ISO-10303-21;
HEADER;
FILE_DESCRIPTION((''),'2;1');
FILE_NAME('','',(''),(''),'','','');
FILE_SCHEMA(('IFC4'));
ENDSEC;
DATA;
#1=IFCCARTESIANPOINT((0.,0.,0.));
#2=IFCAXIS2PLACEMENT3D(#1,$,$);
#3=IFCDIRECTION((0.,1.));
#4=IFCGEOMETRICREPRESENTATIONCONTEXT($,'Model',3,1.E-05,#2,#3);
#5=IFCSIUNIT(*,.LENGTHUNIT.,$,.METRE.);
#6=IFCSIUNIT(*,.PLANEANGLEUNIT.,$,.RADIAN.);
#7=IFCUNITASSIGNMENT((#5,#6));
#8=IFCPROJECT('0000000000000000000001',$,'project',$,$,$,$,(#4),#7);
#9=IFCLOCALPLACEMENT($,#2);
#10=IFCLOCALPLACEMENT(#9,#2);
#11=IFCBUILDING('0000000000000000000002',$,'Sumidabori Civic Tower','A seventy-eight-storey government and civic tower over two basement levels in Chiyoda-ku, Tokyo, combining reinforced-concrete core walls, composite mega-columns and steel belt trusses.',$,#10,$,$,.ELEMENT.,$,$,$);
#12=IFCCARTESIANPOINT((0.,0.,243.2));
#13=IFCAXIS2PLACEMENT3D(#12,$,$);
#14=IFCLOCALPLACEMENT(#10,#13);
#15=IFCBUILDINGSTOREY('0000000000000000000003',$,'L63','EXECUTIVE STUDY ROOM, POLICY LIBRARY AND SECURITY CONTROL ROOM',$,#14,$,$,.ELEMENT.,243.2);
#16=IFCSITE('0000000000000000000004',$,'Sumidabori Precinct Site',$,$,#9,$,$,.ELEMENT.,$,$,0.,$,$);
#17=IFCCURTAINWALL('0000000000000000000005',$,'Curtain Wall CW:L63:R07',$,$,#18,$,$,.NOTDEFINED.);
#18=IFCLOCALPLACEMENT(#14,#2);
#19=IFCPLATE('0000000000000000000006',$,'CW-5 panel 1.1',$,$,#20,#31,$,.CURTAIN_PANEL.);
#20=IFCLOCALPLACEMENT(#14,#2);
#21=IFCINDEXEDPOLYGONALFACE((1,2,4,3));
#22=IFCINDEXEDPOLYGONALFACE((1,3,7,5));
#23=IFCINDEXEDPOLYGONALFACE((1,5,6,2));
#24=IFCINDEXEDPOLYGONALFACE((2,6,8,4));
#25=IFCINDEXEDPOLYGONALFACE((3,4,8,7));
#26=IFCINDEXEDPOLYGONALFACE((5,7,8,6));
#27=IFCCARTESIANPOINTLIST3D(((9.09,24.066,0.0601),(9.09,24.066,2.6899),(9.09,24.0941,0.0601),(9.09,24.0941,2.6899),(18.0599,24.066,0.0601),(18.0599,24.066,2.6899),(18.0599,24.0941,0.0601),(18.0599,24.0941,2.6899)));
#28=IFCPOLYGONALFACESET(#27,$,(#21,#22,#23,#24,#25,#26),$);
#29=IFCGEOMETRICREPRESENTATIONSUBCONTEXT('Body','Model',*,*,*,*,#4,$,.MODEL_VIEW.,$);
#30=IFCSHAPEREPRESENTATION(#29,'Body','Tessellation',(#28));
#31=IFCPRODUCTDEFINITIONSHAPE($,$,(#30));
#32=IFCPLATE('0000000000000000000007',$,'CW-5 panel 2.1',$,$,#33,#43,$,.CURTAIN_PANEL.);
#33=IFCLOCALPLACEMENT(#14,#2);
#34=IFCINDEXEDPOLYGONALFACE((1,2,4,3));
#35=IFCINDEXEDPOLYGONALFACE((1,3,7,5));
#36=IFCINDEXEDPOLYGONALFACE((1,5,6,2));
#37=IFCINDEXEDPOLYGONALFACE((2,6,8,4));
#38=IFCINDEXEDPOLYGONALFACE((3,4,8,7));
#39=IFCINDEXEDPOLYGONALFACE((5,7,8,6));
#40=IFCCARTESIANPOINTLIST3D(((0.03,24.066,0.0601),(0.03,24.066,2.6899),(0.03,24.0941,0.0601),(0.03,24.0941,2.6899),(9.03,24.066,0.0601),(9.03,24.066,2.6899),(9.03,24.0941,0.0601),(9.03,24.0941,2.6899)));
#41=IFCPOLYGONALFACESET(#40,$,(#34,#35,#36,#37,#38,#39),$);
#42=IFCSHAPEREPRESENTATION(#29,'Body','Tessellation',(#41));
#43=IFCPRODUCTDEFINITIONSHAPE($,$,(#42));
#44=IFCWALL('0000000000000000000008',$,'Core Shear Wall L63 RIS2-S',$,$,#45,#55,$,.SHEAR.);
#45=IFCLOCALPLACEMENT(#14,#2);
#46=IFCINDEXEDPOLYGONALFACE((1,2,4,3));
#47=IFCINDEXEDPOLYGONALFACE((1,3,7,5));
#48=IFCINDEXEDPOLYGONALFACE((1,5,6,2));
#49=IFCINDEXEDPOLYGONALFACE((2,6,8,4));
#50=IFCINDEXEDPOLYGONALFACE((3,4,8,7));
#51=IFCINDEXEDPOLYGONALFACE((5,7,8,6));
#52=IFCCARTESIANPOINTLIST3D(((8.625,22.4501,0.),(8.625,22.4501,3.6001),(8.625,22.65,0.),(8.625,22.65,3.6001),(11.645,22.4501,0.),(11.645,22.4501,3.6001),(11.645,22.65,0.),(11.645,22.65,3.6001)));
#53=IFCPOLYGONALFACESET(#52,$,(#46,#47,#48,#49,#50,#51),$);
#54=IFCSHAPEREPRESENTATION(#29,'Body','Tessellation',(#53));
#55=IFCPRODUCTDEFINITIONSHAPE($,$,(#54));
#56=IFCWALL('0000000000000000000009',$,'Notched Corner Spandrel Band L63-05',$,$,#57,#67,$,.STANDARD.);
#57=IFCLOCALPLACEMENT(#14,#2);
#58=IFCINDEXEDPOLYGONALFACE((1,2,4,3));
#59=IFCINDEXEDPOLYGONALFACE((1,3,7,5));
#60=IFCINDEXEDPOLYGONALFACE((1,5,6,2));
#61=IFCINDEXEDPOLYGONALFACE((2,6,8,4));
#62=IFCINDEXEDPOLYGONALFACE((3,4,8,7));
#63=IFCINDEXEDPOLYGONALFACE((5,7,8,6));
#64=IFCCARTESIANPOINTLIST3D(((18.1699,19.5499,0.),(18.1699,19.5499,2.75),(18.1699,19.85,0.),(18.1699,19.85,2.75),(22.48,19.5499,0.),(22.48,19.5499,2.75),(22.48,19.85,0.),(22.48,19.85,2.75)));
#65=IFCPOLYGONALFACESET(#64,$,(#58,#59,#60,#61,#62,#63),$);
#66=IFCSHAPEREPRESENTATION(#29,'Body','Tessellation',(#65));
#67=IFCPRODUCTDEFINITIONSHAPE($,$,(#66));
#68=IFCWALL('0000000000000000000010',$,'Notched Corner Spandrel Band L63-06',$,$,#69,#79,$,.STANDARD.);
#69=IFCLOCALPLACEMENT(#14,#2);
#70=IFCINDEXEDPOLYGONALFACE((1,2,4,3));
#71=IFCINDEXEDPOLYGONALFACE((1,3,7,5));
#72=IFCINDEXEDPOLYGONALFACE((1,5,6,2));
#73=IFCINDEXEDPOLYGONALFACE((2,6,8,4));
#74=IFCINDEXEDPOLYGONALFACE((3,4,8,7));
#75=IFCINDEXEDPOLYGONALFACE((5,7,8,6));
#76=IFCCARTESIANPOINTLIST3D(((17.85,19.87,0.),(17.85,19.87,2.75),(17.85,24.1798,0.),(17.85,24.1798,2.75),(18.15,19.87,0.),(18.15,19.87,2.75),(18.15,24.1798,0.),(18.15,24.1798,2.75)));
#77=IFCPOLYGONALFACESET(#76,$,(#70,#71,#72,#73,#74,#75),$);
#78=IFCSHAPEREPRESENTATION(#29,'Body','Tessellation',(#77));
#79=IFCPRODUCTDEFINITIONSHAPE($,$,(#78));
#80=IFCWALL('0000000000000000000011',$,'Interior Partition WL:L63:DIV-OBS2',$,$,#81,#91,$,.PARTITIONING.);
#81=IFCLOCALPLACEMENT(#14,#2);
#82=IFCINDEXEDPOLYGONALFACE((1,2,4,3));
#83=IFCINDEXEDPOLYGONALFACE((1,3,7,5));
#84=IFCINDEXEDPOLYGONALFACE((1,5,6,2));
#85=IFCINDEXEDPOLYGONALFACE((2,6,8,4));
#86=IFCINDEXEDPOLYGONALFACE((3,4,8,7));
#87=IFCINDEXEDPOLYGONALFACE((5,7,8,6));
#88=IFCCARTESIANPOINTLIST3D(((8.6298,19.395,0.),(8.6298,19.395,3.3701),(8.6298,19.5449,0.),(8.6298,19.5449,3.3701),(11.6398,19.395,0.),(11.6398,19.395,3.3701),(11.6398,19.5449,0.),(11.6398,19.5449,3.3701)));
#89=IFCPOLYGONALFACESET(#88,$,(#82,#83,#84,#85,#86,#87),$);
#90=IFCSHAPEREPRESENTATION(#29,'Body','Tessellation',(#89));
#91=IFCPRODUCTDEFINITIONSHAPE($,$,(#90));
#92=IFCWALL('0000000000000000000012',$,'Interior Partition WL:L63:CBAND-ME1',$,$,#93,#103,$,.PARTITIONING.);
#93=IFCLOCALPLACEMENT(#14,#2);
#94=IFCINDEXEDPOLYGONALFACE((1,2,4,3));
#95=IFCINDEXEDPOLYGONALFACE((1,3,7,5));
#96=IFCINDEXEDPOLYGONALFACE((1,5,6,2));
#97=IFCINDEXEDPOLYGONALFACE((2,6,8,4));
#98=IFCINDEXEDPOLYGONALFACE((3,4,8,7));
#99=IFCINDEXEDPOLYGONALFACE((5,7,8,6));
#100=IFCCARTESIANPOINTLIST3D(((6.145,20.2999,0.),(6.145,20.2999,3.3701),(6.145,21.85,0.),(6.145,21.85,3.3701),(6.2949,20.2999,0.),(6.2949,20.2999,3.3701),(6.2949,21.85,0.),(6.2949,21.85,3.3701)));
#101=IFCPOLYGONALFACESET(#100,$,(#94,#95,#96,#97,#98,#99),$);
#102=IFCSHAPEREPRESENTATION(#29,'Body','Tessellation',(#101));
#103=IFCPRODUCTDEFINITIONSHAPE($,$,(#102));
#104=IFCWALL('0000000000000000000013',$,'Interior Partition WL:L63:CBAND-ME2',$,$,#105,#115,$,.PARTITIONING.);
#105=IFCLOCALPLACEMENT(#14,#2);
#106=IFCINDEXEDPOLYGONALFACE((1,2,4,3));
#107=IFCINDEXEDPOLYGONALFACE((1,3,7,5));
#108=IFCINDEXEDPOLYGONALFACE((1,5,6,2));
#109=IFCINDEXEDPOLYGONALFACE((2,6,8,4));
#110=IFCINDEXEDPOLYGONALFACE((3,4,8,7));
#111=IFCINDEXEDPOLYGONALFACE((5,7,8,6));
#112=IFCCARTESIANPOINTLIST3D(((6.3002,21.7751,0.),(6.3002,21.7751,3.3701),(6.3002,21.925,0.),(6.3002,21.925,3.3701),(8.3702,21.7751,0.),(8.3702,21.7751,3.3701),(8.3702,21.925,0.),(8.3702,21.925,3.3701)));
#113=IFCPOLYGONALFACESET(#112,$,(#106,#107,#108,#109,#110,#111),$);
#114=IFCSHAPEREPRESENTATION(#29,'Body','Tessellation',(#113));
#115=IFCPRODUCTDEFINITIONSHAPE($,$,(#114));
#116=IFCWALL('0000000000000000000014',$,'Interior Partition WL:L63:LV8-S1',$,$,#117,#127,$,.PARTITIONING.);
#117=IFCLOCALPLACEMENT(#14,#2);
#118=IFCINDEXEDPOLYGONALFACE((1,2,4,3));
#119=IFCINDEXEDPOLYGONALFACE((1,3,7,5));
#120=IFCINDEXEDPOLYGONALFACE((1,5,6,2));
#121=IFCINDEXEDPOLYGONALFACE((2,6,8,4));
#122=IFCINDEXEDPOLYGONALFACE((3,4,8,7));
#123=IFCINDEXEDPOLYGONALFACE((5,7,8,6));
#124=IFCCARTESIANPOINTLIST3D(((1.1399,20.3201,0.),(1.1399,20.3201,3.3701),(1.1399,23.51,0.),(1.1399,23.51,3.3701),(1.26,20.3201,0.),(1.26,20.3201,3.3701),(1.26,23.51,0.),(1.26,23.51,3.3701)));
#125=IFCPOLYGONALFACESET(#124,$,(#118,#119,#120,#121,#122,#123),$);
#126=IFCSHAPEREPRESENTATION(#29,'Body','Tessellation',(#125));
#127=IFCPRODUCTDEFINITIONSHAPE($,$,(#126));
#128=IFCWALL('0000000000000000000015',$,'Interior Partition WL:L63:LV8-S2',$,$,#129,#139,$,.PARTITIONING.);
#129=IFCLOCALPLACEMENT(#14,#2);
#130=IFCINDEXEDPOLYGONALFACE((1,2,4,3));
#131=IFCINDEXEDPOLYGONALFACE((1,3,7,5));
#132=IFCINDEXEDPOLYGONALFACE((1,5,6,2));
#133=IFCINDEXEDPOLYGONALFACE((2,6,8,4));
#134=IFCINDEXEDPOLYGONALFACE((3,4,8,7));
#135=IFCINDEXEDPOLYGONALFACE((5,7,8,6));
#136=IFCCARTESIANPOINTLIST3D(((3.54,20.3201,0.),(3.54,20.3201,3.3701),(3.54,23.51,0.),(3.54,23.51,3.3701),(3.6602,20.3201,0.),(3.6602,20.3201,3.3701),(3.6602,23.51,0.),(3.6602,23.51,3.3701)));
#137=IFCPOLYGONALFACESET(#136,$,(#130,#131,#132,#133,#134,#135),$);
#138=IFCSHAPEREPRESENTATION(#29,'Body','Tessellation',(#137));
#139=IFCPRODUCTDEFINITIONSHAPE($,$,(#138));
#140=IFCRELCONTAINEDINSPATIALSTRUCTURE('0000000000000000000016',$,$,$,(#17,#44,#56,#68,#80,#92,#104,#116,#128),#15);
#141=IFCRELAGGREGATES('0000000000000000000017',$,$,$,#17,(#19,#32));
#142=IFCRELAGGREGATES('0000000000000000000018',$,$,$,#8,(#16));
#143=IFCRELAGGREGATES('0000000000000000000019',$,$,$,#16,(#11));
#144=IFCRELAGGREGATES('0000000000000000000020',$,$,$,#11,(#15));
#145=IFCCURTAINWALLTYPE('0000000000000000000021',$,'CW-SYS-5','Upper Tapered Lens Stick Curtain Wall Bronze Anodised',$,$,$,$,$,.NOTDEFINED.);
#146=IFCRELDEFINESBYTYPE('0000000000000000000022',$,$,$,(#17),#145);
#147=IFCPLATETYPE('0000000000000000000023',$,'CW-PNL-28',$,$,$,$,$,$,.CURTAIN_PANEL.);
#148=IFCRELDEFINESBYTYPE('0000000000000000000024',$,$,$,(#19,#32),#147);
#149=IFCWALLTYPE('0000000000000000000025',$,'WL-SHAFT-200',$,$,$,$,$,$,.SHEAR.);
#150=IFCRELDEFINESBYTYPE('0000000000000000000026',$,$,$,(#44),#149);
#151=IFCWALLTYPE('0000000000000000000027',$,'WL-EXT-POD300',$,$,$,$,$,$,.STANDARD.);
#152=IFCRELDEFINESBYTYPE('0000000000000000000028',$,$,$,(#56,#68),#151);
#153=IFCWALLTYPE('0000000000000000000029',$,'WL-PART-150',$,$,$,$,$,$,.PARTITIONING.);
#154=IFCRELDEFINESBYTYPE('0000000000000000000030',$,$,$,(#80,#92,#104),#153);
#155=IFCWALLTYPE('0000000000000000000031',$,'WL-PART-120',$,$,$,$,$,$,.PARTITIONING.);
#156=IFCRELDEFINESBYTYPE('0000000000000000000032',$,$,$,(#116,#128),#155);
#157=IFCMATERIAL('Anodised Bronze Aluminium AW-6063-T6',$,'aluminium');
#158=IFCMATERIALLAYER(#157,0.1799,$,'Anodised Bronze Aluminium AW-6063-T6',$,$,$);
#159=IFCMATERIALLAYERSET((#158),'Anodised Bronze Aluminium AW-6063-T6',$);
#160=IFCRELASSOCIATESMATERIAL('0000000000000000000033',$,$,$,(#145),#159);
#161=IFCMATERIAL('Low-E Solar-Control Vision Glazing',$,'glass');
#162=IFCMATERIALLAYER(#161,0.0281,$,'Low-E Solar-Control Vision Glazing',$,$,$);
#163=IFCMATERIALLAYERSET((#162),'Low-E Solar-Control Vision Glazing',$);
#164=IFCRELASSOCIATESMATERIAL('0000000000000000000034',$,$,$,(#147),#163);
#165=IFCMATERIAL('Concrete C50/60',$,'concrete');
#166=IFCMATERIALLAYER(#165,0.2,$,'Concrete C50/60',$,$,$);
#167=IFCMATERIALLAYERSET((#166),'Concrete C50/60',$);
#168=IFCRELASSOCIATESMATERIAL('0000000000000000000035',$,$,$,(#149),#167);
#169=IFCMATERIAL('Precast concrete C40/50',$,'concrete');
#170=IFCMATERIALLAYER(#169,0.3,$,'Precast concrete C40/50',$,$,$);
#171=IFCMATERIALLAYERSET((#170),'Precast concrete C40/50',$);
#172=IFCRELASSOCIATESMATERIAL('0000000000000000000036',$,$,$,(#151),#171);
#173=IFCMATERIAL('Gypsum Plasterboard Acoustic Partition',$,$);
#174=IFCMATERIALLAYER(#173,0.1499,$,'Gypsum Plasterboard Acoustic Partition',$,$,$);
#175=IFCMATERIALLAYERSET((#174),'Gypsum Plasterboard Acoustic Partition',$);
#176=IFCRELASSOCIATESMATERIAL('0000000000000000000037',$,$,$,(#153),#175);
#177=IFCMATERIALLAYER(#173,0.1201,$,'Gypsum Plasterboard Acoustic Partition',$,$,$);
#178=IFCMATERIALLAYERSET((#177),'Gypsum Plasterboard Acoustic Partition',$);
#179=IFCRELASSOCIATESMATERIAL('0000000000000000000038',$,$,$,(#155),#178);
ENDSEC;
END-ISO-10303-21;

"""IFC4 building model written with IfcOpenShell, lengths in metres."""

from ifc_helpers import new_model, si_unit, direction, frame, frame_2d, origin, origin_2d, place, context, subcontext, project, spatial, rectangle, extrude, source, transform, mapped, material, layer, layer_set, type_object, element, aggregate, save


model = new_model("IFC4")

# Units and contexts
model_context = context("Model", 3, precision=1e-05, world=origin(), true_north=direction((0.0, 1.0)))
body_context = subcontext(model_context, "Body", "Model", "MODEL_VIEW")
ifc_project = project(units=[si_unit("LENGTHUNIT", "METRE"), si_unit("PLANEANGLEUNIT", "RADIAN")], contexts=[model_context])

# Site, building, storey
site_placement = place(None, origin())
site = spatial("IfcSite", under=ifc_project, at=site_placement, Name="Sumidabori Precinct Site", CompositionType="ELEMENT", RefElevation=0.0)
building_placement = place(site_placement, origin())
building = spatial("IfcBuilding", under=site, at=building_placement, Name="Sumidabori Civic Tower", Description="A seventy-eight-storey government and civic tower over two basement levels in Chiyoda-ku, Tokyo, combining reinforced-concrete core walls, composite mega-columns and steel belt trusses.", CompositionType="ELEMENT")
storey_placement = place(building_placement, frame((0.0, 0.0, 243.2)))
storey = spatial("IfcBuildingStorey", under=building, at=storey_placement, Name="L63", Description="EXECUTIVE STUDY ROOM, POLICY LIBRARY AND SECURITY CONTROL ROOM", CompositionType="ELEMENT", Elevation=243.2)

# Shared definitions
ifc_material_1 = material(Name="Anodised Bronze Aluminium AW-6063-T6", Category="aluminium")
ifc_layer_1 = layer(ifc_material_1, 0.1799, Name="Anodised Bronze Aluminium AW-6063-T6")
ifc_layer_set_1 = layer_set([ifc_layer_1], Name="Anodised Bronze Aluminium AW-6063-T6")
curtain_wall_type = type_object("IfcCurtainWallType", Name="CW-SYS-5", Description="Upper Tapered Lens Stick Curtain Wall Bronze Anodised", PredefinedType="NOTDEFINED", material=ifc_layer_set_1)

# Curtain wall, plates
curtain_wall_1_placement = place(storey_placement, origin())
curtain_wall_1 = element("IfcCurtainWall", 1, at=curtain_wall_1_placement, inside=storey, type_object=curtain_wall_type, Name="Curtain Wall CW:L63:R07", PredefinedType="NOTDEFINED")
ifc_material_2 = material(Name="Low-E Solar-Control Vision Glazing", Category="glass")
ifc_layer_2 = layer(ifc_material_2, 0.0281, Name="Low-E Solar-Control Vision Glazing")
ifc_layer_set_2 = layer_set([ifc_layer_2], Name="Low-E Solar-Control Vision Glazing")
plate_type = type_object("IfcPlateType", Name="CW-PNL-28", PredefinedType="CURTAIN_PANEL", material=ifc_layer_set_2)
shared_shape_1 = source(origin(), body_context, "Body", "SweptSolid", [
    extrude(rectangle(XDim=8.97, YDim=0.0281, at=origin_2d()), origin(), (0.0, 0.0, 1.0), 2.6299),
])
plate_1_placement = place(storey_placement, frame((13.575, 24.0801, 0.0601), z_axis=(0.0, 0.0, 1.0), x_axis=(-1.0, 0.0, 0.0)))
plate_1 = element("IfcPlate", 2, at=plate_1_placement, type_object=plate_type, Name="CW-5 panel 1.1", PredefinedType="CURTAIN_PANEL", context=body_context, shape_type="MappedRepresentation", body=[
    mapped(shared_shape_1, transform((0.0, 0.0, 0.0), x_axis=(1.0, 0.0, 0.0), y_axis=(0.0, 1.0, 0.0), z_axis=(0.0, 0.0, 1.0), scale=1.0)),
])
shared_shape_2 = source(origin(), body_context, "Body", "SweptSolid", [
    extrude(rectangle(XDim=9.0, YDim=0.0281, at=origin_2d()), origin(), (0.0, 0.0, 1.0), 2.6299),
])
plate_2_placement = place(storey_placement, frame((4.53, 24.0801, 0.0601), z_axis=(0.0, 0.0, 1.0), x_axis=(-1.0, 0.0, 0.0)))
plate_2 = element("IfcPlate", 3, at=plate_2_placement, type_object=plate_type, Name="CW-5 panel 2.1", PredefinedType="CURTAIN_PANEL", context=body_context, shape_type="MappedRepresentation", body=[
    mapped(shared_shape_2, transform((0.0, 0.0, 0.0), x_axis=(1.0, 0.0, 0.0), y_axis=(0.0, 1.0, 0.0), z_axis=(0.0, 0.0, 1.0), scale=1.0)),
])
aggregate(curtain_wall_1, [plate_1, plate_2])

# Walls
ifc_material_3 = material(Name="Concrete C50/60", Category="concrete")
ifc_layer_3 = layer(ifc_material_3, 0.2, Name="Concrete C50/60")
ifc_layer_set_3 = layer_set([ifc_layer_3], Name="Concrete C50/60")
wall_type_1 = type_object("IfcWallType", Name="WL-SHAFT-200", PredefinedType="SHEAR", material=ifc_layer_set_3)
shared_shape_3 = source(origin(), body_context, "Body", "SweptSolid", [
    extrude(rectangle(XDim=3.02, YDim=0.2, at=frame_2d((1.51, 0.0))), origin(), (0.0, 0.0, 1.0), 3.6001),
])
wall_1_placement = place(storey_placement, frame((8.625, 22.55, 0.0), z_axis=(0.0, 0.0, 1.0), x_axis=(1.0, 0.0, 0.0)))
element("IfcWall", 4, at=wall_1_placement, inside=storey, type_object=wall_type_1, Name="Core Shear Wall L63 RIS2-S", PredefinedType="SHEAR", context=body_context, shape_type="MappedRepresentation", body=[
    mapped(shared_shape_3, transform((0.0, 0.0, 0.0), x_axis=(1.0, 0.0, 0.0), y_axis=(0.0, 1.0, 0.0), z_axis=(0.0, 0.0, 1.0), scale=1.0)),
])
ifc_material_4 = material(Name="Precast concrete C40/50", Category="concrete")
ifc_layer_4 = layer(ifc_material_4, 0.3, Name="Precast concrete C40/50")
ifc_layer_set_4 = layer_set([ifc_layer_4], Name="Precast concrete C40/50")
wall_type_2 = type_object("IfcWallType", Name="WL-EXT-POD300", PredefinedType="STANDARD", material=ifc_layer_set_4)
shared_shape_4 = source(origin(), body_context, "Body", "SweptSolid", [
    extrude(rectangle(XDim=4.3101, YDim=0.3, at=frame_2d((2.155, 0.0))), origin(), (0.0, 0.0, 1.0), 2.75),
])
wall_2_placement = place(storey_placement, frame((22.48, 19.7, 0.0), z_axis=(0.0, 0.0, 1.0), x_axis=(-1.0, 0.0, 0.0)))
element("IfcWall", 5, at=wall_2_placement, inside=storey, type_object=wall_type_2, Name="Notched Corner Spandrel Band L63-05", PredefinedType="STANDARD", context=body_context, shape_type="MappedRepresentation", body=[
    mapped(shared_shape_4, transform((0.0, 0.0, 0.0), x_axis=(1.0, 0.0, 0.0), y_axis=(0.0, 1.0, 0.0), z_axis=(0.0, 0.0, 1.0), scale=1.0)),
])
shared_shape_5 = source(origin(), body_context, "Body", "SweptSolid", [
    extrude(rectangle(XDim=4.3098, YDim=0.3, at=frame_2d((2.1548, 0.0))), origin(), (0.0, 0.0, 1.0), 2.75),
])
wall_3_placement = place(storey_placement, frame((18.0, 19.8701, 0.0), z_axis=(0.0, 0.0, 1.0), x_axis=(0.0, 1.0, 0.0)))
element("IfcWall", 6, at=wall_3_placement, inside=storey, type_object=wall_type_2, Name="Notched Corner Spandrel Band L63-06", PredefinedType="STANDARD", context=body_context, shape_type="MappedRepresentation", body=[
    mapped(shared_shape_5, transform((0.0, 0.0, 0.0), x_axis=(1.0, 0.0, 0.0), y_axis=(0.0, 1.0, 0.0), z_axis=(0.0, 0.0, 1.0), scale=1.0)),
])
ifc_material_5 = material(Name="Gypsum Plasterboard Acoustic Partition")
ifc_layer_5 = layer(ifc_material_5, 0.1499, Name="Gypsum Plasterboard Acoustic Partition")
ifc_layer_set_5 = layer_set([ifc_layer_5], Name="Gypsum Plasterboard Acoustic Partition")
wall_type_3 = type_object("IfcWallType", Name="WL-PART-150", PredefinedType="PARTITIONING", material=ifc_layer_set_5)
shared_shape_6 = source(origin(), body_context, "Body", "SweptSolid", [
    extrude(rectangle(XDim=3.01, YDim=0.1499, at=frame_2d((1.5049, 0.0))), origin(), (0.0, 0.0, 1.0), 3.3701),
])
wall_4_placement = place(storey_placement, frame((8.6299, 19.47, 0.0), z_axis=(0.0, 0.0, 1.0), x_axis=(1.0, 0.0, 0.0)))
element("IfcWall", 7, at=wall_4_placement, inside=storey, type_object=wall_type_3, Name="Interior Partition WL:L63:DIV-OBS2", PredefinedType="PARTITIONING", context=body_context, shape_type="MappedRepresentation", body=[
    mapped(shared_shape_6, transform((0.0, 0.0, 0.0), x_axis=(1.0, 0.0, 0.0), y_axis=(0.0, 1.0, 0.0), z_axis=(0.0, 0.0, 1.0), scale=1.0)),
])
shared_shape_7 = source(origin(), body_context, "Body", "SweptSolid", [
    extrude(rectangle(XDim=1.55, YDim=0.1499, at=frame_2d((0.7749, 0.0))), origin(), (0.0, 0.0, 1.0), 3.3701),
])
wall_5_placement = place(storey_placement, frame((6.22, 20.3, 0.0), z_axis=(0.0, 0.0, 1.0), x_axis=(0.0, 1.0, 0.0)))
element("IfcWall", 8, at=wall_5_placement, inside=storey, type_object=wall_type_3, Name="Interior Partition WL:L63:CBAND-ME1", PredefinedType="PARTITIONING", context=body_context, shape_type="MappedRepresentation", body=[
    mapped(shared_shape_7, transform((0.0, 0.0, 0.0), x_axis=(1.0, 0.0, 0.0), y_axis=(0.0, 1.0, 0.0), z_axis=(0.0, 0.0, 1.0), scale=1.0)),
])
shared_shape_8 = source(origin(), body_context, "Body", "SweptSolid", [
    extrude(rectangle(XDim=2.0701, YDim=0.1499, at=frame_2d((1.0352, 0.0))), origin(), (0.0, 0.0, 1.0), 3.3701),
])
wall_6_placement = place(storey_placement, frame((6.3, 21.8501, 0.0), z_axis=(0.0, 0.0, 1.0), x_axis=(1.0, 0.0, 0.0)))
element("IfcWall", 9, at=wall_6_placement, inside=storey, type_object=wall_type_3, Name="Interior Partition WL:L63:CBAND-ME2", PredefinedType="PARTITIONING", context=body_context, shape_type="MappedRepresentation", body=[
    mapped(shared_shape_8, transform((0.0, 0.0, 0.0), x_axis=(1.0, 0.0, 0.0), y_axis=(0.0, 1.0, 0.0), z_axis=(0.0, 0.0, 1.0), scale=1.0)),
])
ifc_layer_6 = layer(ifc_material_5, 0.1201, Name="Gypsum Plasterboard Acoustic Partition")
ifc_layer_set_6 = layer_set([ifc_layer_6], Name="Gypsum Plasterboard Acoustic Partition")
wall_type_4 = type_object("IfcWallType", Name="WL-PART-120", PredefinedType="PARTITIONING", material=ifc_layer_set_6)
shared_shape_9 = source(origin(), body_context, "Body", "SweptSolid", [
    extrude(rectangle(XDim=3.1899, YDim=0.1201, at=frame_2d((1.595, 0.0))), origin(), (0.0, 0.0, 1.0), 3.3701),
])
for number, where, z_axis, x_axis, name in (
    (10, (1.2, 20.3201, 0.0), (0.0, 0.0, 1.0), (0.0, 1.0, 0.0), "Interior Partition WL:L63:LV8-S1"),
    (11, (3.6001, 20.3201, 0.0), (0.0, 0.0, 1.0), (0.0, 1.0, 0.0), "Interior Partition WL:L63:LV8-S2"),
):
    element("IfcWall", number, at=place(storey_placement, frame(where, z_axis=z_axis, x_axis=x_axis)), inside=storey, type_object=wall_type_4, Name=name, PredefinedType="PARTITIONING", context=body_context, shape_type="MappedRepresentation", body=[
        mapped(shared_shape_9, transform((0.0, 0.0, 0.0), x_axis=(1.0, 0.0, 0.0), y_axis=(0.0, 1.0, 0.0), z_axis=(0.0, 0.0, 1.0), scale=1.0)),
    ])

save(model, "model.ifc")
